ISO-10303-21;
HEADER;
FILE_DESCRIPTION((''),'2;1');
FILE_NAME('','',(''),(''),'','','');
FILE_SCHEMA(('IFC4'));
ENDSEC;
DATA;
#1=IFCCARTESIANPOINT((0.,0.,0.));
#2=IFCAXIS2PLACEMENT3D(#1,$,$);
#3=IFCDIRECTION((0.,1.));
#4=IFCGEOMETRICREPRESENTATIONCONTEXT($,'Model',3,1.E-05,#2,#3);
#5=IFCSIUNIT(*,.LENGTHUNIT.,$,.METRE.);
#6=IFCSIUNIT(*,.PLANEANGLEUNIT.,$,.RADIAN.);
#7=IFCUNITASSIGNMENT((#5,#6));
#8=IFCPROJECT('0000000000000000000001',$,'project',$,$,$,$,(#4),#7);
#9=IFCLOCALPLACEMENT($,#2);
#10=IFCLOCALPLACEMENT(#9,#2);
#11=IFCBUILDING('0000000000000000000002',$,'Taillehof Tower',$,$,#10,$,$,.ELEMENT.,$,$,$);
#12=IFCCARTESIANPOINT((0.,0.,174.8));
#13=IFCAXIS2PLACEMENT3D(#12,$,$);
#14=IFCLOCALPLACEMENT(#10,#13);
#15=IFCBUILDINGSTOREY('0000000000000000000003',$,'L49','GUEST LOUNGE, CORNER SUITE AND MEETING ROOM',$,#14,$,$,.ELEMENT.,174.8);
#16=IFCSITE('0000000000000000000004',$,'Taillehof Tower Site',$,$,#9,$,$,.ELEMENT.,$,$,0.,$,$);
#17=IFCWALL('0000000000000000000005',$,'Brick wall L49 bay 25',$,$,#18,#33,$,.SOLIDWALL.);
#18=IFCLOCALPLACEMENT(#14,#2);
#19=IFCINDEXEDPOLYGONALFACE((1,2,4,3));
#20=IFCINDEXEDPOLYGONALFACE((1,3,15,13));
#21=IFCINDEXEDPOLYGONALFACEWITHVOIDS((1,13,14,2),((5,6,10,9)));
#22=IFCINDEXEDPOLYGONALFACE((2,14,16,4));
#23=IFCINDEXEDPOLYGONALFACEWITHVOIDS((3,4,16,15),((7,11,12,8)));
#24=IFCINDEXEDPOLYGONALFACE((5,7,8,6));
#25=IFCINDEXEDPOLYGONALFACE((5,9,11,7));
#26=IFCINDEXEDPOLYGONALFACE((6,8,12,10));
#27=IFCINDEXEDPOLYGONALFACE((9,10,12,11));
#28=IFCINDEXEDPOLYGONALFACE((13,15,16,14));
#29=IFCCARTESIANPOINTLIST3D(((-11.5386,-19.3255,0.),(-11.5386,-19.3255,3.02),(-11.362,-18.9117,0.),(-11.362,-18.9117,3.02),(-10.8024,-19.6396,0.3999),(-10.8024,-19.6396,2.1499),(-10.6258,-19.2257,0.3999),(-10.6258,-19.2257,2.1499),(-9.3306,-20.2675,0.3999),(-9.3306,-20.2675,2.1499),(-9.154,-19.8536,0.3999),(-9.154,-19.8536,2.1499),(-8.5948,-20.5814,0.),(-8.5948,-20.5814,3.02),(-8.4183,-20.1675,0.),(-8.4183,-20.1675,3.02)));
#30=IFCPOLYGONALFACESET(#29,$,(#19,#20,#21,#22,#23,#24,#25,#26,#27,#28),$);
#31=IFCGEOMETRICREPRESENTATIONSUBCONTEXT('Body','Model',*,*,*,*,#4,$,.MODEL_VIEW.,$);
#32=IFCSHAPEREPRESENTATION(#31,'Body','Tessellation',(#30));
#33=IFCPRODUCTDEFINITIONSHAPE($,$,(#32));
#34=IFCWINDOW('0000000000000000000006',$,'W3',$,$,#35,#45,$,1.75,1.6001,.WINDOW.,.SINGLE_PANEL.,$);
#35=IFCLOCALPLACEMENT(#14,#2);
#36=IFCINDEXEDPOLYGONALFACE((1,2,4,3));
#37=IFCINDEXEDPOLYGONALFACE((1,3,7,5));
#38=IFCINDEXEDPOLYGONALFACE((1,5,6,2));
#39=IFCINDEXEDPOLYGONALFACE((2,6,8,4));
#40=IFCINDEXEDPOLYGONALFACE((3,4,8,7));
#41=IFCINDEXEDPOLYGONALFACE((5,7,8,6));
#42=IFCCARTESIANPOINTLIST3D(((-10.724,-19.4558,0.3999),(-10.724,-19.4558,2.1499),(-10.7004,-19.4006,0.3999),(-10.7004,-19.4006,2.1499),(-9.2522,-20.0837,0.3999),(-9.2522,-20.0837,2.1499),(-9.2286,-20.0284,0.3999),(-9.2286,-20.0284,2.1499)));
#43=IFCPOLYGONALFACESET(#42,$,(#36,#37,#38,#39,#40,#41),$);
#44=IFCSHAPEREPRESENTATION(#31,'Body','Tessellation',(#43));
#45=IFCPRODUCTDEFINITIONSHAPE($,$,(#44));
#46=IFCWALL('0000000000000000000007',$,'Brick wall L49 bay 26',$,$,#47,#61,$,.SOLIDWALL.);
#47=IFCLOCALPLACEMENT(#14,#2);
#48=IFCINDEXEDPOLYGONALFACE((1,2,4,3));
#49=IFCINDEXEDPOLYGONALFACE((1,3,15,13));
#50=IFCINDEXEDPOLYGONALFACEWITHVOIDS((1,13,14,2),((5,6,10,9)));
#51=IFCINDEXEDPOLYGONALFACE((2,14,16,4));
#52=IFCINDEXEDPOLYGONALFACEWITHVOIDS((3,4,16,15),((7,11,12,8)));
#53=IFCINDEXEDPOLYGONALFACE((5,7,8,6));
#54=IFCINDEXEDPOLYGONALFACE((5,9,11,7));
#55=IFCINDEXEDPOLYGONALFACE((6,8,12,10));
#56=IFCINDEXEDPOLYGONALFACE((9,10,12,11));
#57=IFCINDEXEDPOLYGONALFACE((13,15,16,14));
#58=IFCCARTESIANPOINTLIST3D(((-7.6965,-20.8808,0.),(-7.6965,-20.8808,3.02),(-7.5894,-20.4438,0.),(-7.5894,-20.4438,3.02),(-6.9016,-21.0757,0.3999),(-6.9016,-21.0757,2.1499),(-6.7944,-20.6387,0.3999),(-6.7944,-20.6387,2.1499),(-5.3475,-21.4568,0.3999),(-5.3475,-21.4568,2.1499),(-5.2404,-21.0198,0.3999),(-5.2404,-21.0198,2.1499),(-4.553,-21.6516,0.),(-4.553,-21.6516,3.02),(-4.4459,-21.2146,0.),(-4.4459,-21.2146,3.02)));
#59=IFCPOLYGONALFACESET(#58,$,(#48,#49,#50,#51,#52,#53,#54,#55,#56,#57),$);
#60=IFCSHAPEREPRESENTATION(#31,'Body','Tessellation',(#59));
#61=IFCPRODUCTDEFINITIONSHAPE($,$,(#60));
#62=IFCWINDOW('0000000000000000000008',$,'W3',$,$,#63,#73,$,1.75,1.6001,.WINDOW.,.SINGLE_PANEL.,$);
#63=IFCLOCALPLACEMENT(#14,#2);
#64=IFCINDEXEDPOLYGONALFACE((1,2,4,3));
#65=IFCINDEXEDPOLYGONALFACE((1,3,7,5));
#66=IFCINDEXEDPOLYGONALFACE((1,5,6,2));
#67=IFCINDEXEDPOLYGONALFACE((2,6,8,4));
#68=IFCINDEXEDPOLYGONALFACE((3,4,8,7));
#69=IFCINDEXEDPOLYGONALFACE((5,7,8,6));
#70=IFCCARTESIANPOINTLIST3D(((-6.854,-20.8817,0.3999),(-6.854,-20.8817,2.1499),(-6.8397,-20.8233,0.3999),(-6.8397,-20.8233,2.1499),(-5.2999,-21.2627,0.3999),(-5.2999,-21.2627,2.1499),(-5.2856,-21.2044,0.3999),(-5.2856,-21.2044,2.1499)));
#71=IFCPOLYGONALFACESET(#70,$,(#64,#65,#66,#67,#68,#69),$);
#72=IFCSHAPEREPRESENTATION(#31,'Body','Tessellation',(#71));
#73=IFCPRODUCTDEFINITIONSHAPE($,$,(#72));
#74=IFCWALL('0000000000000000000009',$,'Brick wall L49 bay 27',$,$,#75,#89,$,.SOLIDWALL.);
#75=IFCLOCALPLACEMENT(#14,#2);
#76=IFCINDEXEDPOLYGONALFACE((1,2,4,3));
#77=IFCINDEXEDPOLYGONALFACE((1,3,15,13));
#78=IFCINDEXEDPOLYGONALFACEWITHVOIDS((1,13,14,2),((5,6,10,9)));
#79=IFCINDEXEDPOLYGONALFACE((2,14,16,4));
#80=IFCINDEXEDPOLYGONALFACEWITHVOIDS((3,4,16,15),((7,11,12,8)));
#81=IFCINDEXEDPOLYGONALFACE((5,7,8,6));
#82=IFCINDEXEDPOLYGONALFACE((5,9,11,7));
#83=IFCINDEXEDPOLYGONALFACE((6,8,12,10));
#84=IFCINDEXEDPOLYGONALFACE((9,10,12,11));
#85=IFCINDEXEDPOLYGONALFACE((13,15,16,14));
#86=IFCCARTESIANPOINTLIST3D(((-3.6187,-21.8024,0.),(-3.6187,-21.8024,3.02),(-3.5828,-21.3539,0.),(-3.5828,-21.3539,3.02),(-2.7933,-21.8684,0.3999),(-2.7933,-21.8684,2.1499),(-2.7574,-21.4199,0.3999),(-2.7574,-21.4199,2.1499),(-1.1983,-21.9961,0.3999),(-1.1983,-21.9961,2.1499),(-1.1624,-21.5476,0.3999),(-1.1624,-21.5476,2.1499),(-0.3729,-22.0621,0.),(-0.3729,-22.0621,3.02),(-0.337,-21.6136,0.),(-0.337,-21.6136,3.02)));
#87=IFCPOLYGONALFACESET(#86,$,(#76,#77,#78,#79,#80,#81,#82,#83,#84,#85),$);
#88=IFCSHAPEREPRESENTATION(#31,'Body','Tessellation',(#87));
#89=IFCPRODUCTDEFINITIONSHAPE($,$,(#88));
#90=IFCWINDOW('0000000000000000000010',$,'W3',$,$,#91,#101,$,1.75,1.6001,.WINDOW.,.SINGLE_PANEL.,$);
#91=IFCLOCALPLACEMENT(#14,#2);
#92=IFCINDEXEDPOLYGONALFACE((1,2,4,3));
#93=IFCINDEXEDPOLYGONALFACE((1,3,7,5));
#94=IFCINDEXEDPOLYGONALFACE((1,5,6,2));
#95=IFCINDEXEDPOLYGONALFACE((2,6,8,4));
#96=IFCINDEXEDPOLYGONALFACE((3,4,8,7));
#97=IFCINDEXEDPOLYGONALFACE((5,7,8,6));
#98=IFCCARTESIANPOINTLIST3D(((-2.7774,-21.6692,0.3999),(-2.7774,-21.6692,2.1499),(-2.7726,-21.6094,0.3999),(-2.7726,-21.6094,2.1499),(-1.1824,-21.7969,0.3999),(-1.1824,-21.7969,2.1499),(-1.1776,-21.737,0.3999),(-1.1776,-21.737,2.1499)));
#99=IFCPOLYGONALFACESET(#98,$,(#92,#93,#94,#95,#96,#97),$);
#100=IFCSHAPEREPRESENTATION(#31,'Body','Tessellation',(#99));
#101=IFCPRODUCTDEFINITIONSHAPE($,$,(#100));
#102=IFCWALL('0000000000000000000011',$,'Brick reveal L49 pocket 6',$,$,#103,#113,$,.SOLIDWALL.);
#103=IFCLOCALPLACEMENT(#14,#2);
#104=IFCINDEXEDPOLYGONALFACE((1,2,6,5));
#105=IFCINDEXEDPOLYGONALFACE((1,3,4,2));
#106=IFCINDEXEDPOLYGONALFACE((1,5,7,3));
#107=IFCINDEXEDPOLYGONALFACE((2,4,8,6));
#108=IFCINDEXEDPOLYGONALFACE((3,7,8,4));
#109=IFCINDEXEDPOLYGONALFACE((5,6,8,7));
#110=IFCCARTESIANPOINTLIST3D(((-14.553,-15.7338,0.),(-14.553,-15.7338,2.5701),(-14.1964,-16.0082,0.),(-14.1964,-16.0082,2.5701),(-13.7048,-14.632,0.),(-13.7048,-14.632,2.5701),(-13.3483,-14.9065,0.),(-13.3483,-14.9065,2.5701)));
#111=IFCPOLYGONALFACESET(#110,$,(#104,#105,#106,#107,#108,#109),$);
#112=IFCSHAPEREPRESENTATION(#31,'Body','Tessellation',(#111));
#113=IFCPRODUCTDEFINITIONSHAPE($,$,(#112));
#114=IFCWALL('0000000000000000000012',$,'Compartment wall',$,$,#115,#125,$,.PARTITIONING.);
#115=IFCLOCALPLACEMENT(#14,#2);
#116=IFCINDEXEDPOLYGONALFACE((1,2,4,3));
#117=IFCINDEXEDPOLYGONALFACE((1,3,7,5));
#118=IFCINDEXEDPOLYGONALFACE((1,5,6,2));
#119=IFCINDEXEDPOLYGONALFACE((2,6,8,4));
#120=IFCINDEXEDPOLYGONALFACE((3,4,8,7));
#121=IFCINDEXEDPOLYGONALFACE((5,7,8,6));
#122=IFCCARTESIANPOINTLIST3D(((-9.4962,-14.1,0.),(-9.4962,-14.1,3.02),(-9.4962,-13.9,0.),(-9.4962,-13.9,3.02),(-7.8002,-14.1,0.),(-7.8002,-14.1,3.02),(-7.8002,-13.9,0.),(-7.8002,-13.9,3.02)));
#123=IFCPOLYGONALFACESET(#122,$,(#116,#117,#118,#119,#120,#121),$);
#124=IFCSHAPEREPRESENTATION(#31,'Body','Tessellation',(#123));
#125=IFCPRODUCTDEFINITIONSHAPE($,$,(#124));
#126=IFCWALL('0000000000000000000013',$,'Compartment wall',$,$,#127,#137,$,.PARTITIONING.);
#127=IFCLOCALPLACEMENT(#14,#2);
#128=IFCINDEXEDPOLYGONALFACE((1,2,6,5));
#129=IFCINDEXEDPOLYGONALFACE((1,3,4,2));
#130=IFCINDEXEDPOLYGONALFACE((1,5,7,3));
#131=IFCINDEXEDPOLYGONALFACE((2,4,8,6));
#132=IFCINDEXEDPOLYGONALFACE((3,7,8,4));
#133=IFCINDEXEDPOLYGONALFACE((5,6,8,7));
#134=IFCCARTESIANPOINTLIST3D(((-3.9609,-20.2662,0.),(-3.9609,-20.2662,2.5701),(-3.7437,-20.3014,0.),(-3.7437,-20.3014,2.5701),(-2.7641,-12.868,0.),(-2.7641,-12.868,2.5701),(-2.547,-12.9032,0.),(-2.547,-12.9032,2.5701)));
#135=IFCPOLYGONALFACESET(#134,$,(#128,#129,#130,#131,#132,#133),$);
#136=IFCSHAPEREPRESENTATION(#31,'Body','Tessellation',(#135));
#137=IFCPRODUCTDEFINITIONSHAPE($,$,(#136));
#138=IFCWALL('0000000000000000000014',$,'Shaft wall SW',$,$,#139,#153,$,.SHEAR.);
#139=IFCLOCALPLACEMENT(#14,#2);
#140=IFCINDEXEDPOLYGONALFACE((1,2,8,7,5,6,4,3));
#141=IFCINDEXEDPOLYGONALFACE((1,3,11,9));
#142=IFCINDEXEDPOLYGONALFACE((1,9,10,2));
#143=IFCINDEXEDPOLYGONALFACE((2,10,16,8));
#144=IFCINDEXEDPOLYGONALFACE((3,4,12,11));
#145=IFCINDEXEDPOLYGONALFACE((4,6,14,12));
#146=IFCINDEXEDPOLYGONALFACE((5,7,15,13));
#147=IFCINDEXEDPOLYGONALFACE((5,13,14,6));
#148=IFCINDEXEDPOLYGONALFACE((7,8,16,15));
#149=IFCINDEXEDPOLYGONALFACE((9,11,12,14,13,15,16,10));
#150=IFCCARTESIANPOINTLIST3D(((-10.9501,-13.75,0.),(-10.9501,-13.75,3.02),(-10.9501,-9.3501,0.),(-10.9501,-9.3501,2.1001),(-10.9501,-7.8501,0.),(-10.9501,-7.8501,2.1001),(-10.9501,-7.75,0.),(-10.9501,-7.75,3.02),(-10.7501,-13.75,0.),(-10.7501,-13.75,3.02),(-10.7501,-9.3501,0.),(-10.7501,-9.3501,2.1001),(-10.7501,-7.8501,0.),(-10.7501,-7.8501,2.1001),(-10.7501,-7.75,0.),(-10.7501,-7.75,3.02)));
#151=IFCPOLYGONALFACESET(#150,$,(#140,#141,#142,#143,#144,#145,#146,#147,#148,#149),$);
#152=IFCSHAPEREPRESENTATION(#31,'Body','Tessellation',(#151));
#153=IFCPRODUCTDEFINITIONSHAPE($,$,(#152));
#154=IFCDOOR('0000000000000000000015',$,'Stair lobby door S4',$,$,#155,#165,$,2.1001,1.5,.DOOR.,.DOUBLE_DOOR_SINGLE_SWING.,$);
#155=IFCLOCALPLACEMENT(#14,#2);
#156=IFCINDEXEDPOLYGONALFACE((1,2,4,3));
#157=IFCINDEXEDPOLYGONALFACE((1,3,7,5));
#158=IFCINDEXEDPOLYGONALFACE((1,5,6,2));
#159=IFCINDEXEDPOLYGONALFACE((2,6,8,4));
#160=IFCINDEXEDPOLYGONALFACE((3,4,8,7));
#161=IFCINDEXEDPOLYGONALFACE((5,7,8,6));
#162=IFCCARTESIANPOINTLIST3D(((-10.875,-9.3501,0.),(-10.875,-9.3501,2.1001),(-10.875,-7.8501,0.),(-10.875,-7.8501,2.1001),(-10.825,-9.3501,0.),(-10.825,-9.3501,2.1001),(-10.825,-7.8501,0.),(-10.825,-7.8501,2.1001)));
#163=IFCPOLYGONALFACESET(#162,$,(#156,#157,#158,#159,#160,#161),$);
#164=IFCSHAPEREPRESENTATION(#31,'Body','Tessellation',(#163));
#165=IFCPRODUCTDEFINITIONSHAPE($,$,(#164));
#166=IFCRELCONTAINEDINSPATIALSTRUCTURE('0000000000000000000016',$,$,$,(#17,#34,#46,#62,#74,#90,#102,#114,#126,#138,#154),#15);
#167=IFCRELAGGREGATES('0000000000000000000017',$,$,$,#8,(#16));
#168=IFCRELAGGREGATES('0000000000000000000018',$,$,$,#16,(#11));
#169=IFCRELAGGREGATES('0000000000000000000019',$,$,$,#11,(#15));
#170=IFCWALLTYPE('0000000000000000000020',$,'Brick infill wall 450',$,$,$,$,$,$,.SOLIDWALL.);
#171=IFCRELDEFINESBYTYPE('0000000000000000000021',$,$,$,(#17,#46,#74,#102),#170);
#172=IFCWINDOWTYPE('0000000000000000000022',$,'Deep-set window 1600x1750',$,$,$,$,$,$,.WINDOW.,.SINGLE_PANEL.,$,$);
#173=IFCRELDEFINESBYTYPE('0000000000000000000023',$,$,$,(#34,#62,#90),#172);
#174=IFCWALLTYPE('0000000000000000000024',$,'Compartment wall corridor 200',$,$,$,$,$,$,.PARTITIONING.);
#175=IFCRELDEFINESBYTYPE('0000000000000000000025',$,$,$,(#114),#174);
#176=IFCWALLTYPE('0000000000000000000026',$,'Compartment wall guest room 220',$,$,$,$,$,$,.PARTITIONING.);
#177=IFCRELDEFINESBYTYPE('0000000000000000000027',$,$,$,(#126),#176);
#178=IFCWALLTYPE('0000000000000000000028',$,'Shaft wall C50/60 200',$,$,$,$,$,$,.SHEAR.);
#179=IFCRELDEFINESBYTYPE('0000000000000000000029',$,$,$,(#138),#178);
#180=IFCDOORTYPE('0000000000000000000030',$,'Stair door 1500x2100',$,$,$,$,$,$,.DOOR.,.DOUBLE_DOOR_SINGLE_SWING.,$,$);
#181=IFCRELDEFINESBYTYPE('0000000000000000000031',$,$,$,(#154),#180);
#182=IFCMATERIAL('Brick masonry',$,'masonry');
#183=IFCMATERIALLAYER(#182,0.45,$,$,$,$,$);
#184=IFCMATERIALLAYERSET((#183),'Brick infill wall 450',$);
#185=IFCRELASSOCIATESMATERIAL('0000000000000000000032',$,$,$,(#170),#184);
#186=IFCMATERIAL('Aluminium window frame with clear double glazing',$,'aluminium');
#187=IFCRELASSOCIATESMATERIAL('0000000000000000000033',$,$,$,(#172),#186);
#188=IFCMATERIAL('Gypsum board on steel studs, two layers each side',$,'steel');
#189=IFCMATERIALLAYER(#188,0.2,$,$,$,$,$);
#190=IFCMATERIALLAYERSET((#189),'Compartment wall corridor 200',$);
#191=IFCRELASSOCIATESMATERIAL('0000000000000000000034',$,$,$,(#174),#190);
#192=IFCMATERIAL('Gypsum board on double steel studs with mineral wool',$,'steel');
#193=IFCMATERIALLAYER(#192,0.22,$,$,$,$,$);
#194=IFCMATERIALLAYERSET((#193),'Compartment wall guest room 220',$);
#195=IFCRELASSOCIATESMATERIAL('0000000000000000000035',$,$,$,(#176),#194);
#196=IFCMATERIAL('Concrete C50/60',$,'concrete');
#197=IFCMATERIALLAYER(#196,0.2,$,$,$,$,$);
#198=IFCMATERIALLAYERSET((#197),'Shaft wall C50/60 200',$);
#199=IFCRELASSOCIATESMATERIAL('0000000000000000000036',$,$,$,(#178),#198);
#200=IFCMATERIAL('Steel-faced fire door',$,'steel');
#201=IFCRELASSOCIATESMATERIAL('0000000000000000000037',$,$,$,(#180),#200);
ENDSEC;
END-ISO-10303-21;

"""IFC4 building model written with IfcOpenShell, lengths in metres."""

from ifc_helpers import new_model, si_unit, direction, frame, frame_2d, origin, place, context, subcontext, project, spatial, rectangle, extrude, material, layer, layer_set, type_object, element, fill, save


model = new_model("IFC4")

# Units and contexts
model_context = context("Model", 3, precision=1e-05, world=origin(), true_north=direction((0.0, 1.0)))
body_context = subcontext(model_context, "Body", "Model", "MODEL_VIEW")
ifc_project = project(units=[si_unit("LENGTHUNIT", "METRE"), si_unit("PLANEANGLEUNIT", "RADIAN")], contexts=[model_context])

# Site, building, storey
site_placement = place(None, origin())
site = spatial("IfcSite", under=ifc_project, at=site_placement, Name="Taillehof Tower Site", CompositionType="ELEMENT", RefElevation=0.0)
building_placement = place(site_placement, origin())
building = spatial("IfcBuilding", under=site, at=building_placement, Name="Taillehof Tower", CompositionType="ELEMENT")
storey_placement = place(building_placement, frame((0.0, 0.0, 174.8)))
storey = spatial("IfcBuildingStorey", under=building, at=storey_placement, Name="L49", Description="GUEST LOUNGE, CORNER SUITE AND MEETING ROOM", CompositionType="ELEMENT", Elevation=174.8)

# Walls, openings, windows
ifc_material_1 = material(Name="Brick masonry", Category="masonry")
ifc_layer_1 = layer(ifc_material_1, 0.45)
ifc_layer_set_1 = layer_set([ifc_layer_1], Name="Brick infill wall 450")
wall_type_1 = type_object("IfcWallType", Name="Brick infill wall 450", PredefinedType="SOLIDWALL", material=ifc_layer_set_1)
wall_1_placement = place(storey_placement, frame((-11.4502, -19.1187, 0.0), z_axis=(0.0, 0.0, 1.0), x_axis=(0.919799, -0.39239, 0.0)))
wall_1 = element("IfcWall", 1, at=wall_1_placement, inside=storey, type_object=wall_type_1, Name="Brick wall L49 bay 25", PredefinedType="SOLIDWALL", context=body_context, shape_type="SweptSolid", body=[
    extrude(rectangle(XDim=3.2004, YDim=0.45, at=frame_2d((1.6001, 0.0))), origin(), (0.0, 0.0, 1.0), 3.02),
])
opening_1_placement = place(wall_1_placement, frame((0.8003, 0.0, 0.3999)))
opening_1 = element("IfcOpeningElement", 2, at=opening_1_placement, cuts=wall_1, PredefinedType="OPENING", context=body_context, shape_type="SweptSolid", body=[
    extrude(rectangle(XDim=1.6001, YDim=1.75, at=frame_2d((0.8, 0.875))), frame((0.0, 0.2349, 0.0), z_axis=(0.0, -1.0, 0.0), x_axis=(1.0, 0.0, 0.0)), (0.0, 0.0, 1.0), 0.47),
])
ifc_material_2 = material(Name="Aluminium window frame with clear double glazing", Category="aluminium")
window_type = type_object("IfcWindowType", Name="Deep-set window 1600x1750", PartitioningType="SINGLE_PANEL", PredefinedType="WINDOW", material=ifc_material_2)
window_1_placement = place(opening_1_placement, origin())
window_1 = element("IfcWindow", 3, at=window_1_placement, inside=storey, type_object=window_type, Name="W3", OverallHeight=1.75, OverallWidth=1.6001, PartitioningType="SINGLE_PANEL", PredefinedType="WINDOW", context=body_context, shape_type="SweptSolid", body=[
    extrude(rectangle(XDim=1.6001, YDim=1.75, at=frame_2d((0.8, 0.875))), frame((0.0, 0.0349, 0.0), z_axis=(0.0, -1.0, 0.0), x_axis=(1.0, 0.0, 0.0)), (0.0, 0.0, 1.0), 0.0601),
])
fill(opening_1, window_1)
wall_2_placement = place(storey_placement, frame((-7.6428, -20.6624, 0.0), z_axis=(0.0, 0.0, 1.0), x_axis=(0.971233, -0.238132, 0.0)))
wall_2 = element("IfcWall", 4, at=wall_2_placement, inside=storey, type_object=wall_type_1, Name="Brick wall L49 bay 26", PredefinedType="SOLIDWALL", context=body_context, shape_type="SweptSolid", body=[
    extrude(rectangle(XDim=3.2366, YDim=0.45, at=frame_2d((1.6182, 0.0))), origin(), (0.0, 0.0, 1.0), 3.02),
])
opening_2_placement = place(wall_2_placement, frame((0.8184, 0.0, 0.3999)))
opening_2 = element("IfcOpeningElement", 5, at=opening_2_placement, cuts=wall_2, PredefinedType="OPENING", context=body_context, shape_type="SweptSolid", body=[
    extrude(rectangle(XDim=1.6001, YDim=1.75, at=frame_2d((0.8, 0.875))), frame((0.0, 0.2349, 0.0), z_axis=(0.0, -1.0, 0.0), x_axis=(1.0, 0.0, 0.0)), (0.0, 0.0, 1.0), 0.47),
])
window_2_placement = place(opening_2_placement, origin())
window_2 = element("IfcWindow", 6, at=window_2_placement, inside=storey, type_object=window_type, Name="W3", OverallHeight=1.75, OverallWidth=1.6001, PartitioningType="SINGLE_PANEL", PredefinedType="WINDOW", context=body_context, shape_type="SweptSolid", body=[
    extrude(rectangle(XDim=1.6001, YDim=1.75, at=frame_2d((0.8, 0.875))), frame((0.0, 0.0349, 0.0), z_axis=(0.0, -1.0, 0.0), x_axis=(1.0, 0.0, 0.0)), (0.0, 0.0, 1.0), 0.0601),
])
fill(opening_2, window_2)
wall_3_placement = place(storey_placement, frame((-3.6006, -21.5781, 0.0), z_axis=(0.0, 0.0, 1.0), x_axis=(0.996812, -0.079781, 0.0)))
wall_3 = element("IfcWall", 7, at=wall_3_placement, inside=storey, type_object=wall_type_1, Name="Brick wall L49 bay 27", PredefinedType="SOLIDWALL", context=body_context, shape_type="SweptSolid", body=[
    extrude(rectangle(XDim=3.2561, YDim=0.45, at=frame_2d((1.6279, 0.0))), origin(), (0.0, 0.0, 1.0), 3.02),
])
opening_3_placement = place(wall_3_placement, frame((0.8279, 0.0, 0.3999)))
opening_3 = element("IfcOpeningElement", 8, at=opening_3_placement, cuts=wall_3, PredefinedType="OPENING", context=body_context, shape_type="SweptSolid", body=[
    extrude(rectangle(XDim=1.6001, YDim=1.75, at=frame_2d((0.8, 0.875))), frame((0.0, 0.2349, 0.0), z_axis=(0.0, -1.0, 0.0), x_axis=(1.0, 0.0, 0.0)), (0.0, 0.0, 1.0), 0.47),
])
window_3_placement = place(opening_3_placement, origin())
window_3 = element("IfcWindow", 9, at=window_3_placement, inside=storey, type_object=window_type, Name="W3", OverallHeight=1.75, OverallWidth=1.6001, PartitioningType="SINGLE_PANEL", PredefinedType="WINDOW", context=body_context, shape_type="SweptSolid", body=[
    extrude(rectangle(XDim=1.6001, YDim=1.75, at=frame_2d((0.8, 0.875))), frame((0.0, 0.0349, 0.0), z_axis=(0.0, -1.0, 0.0), x_axis=(1.0, 0.0, 0.0)), (0.0, 0.0, 1.0), 0.0601),
])
fill(opening_3, window_3)

# Walls
wall_4_placement = place(storey_placement, frame((-14.3748, -15.8711, 0.0), z_axis=(0.0, 0.0, 1.0), x_axis=(0.609982, 0.792415, 0.0)))
element("IfcWall", 10, at=wall_4_placement, inside=storey, type_object=wall_type_1, Name="Brick reveal L49 pocket 6", PredefinedType="SOLIDWALL", context=body_context, shape_type="SweptSolid", body=[
    extrude(rectangle(XDim=1.3904, YDim=0.45, at=frame_2d((0.6953, 0.0))), origin(), (0.0, 0.0, 1.0), 2.5701),
])
ifc_material_3 = material(Name="Gypsum board on steel studs, two layers each side", Category="steel")
ifc_layer_2 = layer(ifc_material_3, 0.2)
ifc_layer_set_2 = layer_set([ifc_layer_2], Name="Compartment wall corridor 200")
wall_type_2 = type_object("IfcWallType", Name="Compartment wall corridor 200", PredefinedType="PARTITIONING", material=ifc_layer_set_2)
wall_5_placement = place(storey_placement, frame((-7.8, -14.0, 0.0), z_axis=(0.0, 0.0, 1.0), x_axis=(-1.0, 0.0, 0.0)))
element("IfcWall", 11, at=wall_5_placement, inside=storey, type_object=wall_type_2, Name="Compartment wall", PredefinedType="PARTITIONING", context=body_context, shape_type="SweptSolid", body=[
    extrude(rectangle(XDim=1.696, YDim=0.2, at=frame_2d((0.8481, 0.0))), origin(), (0.0, 0.0, 1.0), 3.02),
])
ifc_material_4 = material(Name="Gypsum board on double steel studs with mineral wool", Category="steel")
ifc_layer_3 = layer(ifc_material_4, 0.22)
ifc_layer_set_3 = layer_set([ifc_layer_3], Name="Compartment wall guest room 220")
wall_type_3 = type_object("IfcWallType", Name="Compartment wall guest room 220", PredefinedType="PARTITIONING", material=ifc_layer_set_3)
wall_6_placement = place(storey_placement, frame((-3.8523, -20.2837, 0.0), z_axis=(0.0, 0.0, 1.0), x_axis=(0.15969, 0.987167, 0.0)))
element("IfcWall", 12, at=wall_6_placement, inside=storey, type_object=wall_type_3, Name="Compartment wall", PredefinedType="PARTITIONING", context=body_context, shape_type="SweptSolid", body=[
    extrude(rectangle(XDim=7.4944, YDim=0.22, at=frame_2d((3.7471, 0.0))), origin(), (0.0, 0.0, 1.0), 2.5701),
])

# Wall, opening, door
ifc_material_5 = material(Name="Concrete C50/60", Category="concrete")
ifc_layer_4 = layer(ifc_material_5, 0.2)
ifc_layer_set_4 = layer_set([ifc_layer_4], Name="Shaft wall C50/60 200")
wall_type_4 = type_object("IfcWallType", Name="Shaft wall C50/60 200", PredefinedType="SHEAR", material=ifc_layer_set_4)
wall_7_placement = place(storey_placement, frame((-10.8501, -13.75, 0.0), z_axis=(0.0, 0.0, 1.0), x_axis=(0.0, 1.0, 0.0)))
wall_7 = element("IfcWall", 13, at=wall_7_placement, inside=storey, type_object=wall_type_4, Name="Shaft wall SW", PredefinedType="SHEAR", context=body_context, shape_type="SweptSolid", body=[
    extrude(rectangle(XDim=6.0, YDim=0.2, at=frame_2d((3.0, 0.0))), origin(), (0.0, 0.0, 1.0), 3.02),
])
opening_4_placement = place(wall_7_placement, frame((4.3999, 0.0, 0.0)))
opening_4 = element("IfcOpeningElement", 14, at=opening_4_placement, cuts=wall_7, PredefinedType="OPENING", context=body_context, shape_type="SweptSolid", body=[
    extrude(rectangle(XDim=1.5, YDim=2.1001, at=frame_2d((0.75, 1.05))), frame((0.0, 0.1099, 0.0), z_axis=(0.0, -1.0, 0.0), x_axis=(1.0, 0.0, 0.0)), (0.0, 0.0, 1.0), 0.22),
])
ifc_material_6 = material(Name="Steel-faced fire door", Category="steel")
door_type = type_object("IfcDoorType", Name="Stair door 1500x2100", OperationType="DOUBLE_DOOR_SINGLE_SWING", PredefinedType="DOOR", material=ifc_material_6)
door_placement = place(opening_4_placement, origin())
door = element("IfcDoor", 15, at=door_placement, inside=storey, type_object=door_type, Name="Stair lobby door S4", OperationType="DOUBLE_DOOR_SINGLE_SWING", OverallHeight=2.1001, OverallWidth=1.5, PredefinedType="DOOR", context=body_context, shape_type="SweptSolid", body=[
    extrude(rectangle(XDim=1.5, YDim=2.1001, at=frame_2d((0.75, 1.05))), frame((0.0, 0.0249, 0.0), z_axis=(0.0, -1.0, 0.0), x_axis=(1.0, 0.0, 0.0)), (0.0, 0.0, 1.0), 0.05),
])
fill(opening_4, door)

save(model, "model.ifc")
